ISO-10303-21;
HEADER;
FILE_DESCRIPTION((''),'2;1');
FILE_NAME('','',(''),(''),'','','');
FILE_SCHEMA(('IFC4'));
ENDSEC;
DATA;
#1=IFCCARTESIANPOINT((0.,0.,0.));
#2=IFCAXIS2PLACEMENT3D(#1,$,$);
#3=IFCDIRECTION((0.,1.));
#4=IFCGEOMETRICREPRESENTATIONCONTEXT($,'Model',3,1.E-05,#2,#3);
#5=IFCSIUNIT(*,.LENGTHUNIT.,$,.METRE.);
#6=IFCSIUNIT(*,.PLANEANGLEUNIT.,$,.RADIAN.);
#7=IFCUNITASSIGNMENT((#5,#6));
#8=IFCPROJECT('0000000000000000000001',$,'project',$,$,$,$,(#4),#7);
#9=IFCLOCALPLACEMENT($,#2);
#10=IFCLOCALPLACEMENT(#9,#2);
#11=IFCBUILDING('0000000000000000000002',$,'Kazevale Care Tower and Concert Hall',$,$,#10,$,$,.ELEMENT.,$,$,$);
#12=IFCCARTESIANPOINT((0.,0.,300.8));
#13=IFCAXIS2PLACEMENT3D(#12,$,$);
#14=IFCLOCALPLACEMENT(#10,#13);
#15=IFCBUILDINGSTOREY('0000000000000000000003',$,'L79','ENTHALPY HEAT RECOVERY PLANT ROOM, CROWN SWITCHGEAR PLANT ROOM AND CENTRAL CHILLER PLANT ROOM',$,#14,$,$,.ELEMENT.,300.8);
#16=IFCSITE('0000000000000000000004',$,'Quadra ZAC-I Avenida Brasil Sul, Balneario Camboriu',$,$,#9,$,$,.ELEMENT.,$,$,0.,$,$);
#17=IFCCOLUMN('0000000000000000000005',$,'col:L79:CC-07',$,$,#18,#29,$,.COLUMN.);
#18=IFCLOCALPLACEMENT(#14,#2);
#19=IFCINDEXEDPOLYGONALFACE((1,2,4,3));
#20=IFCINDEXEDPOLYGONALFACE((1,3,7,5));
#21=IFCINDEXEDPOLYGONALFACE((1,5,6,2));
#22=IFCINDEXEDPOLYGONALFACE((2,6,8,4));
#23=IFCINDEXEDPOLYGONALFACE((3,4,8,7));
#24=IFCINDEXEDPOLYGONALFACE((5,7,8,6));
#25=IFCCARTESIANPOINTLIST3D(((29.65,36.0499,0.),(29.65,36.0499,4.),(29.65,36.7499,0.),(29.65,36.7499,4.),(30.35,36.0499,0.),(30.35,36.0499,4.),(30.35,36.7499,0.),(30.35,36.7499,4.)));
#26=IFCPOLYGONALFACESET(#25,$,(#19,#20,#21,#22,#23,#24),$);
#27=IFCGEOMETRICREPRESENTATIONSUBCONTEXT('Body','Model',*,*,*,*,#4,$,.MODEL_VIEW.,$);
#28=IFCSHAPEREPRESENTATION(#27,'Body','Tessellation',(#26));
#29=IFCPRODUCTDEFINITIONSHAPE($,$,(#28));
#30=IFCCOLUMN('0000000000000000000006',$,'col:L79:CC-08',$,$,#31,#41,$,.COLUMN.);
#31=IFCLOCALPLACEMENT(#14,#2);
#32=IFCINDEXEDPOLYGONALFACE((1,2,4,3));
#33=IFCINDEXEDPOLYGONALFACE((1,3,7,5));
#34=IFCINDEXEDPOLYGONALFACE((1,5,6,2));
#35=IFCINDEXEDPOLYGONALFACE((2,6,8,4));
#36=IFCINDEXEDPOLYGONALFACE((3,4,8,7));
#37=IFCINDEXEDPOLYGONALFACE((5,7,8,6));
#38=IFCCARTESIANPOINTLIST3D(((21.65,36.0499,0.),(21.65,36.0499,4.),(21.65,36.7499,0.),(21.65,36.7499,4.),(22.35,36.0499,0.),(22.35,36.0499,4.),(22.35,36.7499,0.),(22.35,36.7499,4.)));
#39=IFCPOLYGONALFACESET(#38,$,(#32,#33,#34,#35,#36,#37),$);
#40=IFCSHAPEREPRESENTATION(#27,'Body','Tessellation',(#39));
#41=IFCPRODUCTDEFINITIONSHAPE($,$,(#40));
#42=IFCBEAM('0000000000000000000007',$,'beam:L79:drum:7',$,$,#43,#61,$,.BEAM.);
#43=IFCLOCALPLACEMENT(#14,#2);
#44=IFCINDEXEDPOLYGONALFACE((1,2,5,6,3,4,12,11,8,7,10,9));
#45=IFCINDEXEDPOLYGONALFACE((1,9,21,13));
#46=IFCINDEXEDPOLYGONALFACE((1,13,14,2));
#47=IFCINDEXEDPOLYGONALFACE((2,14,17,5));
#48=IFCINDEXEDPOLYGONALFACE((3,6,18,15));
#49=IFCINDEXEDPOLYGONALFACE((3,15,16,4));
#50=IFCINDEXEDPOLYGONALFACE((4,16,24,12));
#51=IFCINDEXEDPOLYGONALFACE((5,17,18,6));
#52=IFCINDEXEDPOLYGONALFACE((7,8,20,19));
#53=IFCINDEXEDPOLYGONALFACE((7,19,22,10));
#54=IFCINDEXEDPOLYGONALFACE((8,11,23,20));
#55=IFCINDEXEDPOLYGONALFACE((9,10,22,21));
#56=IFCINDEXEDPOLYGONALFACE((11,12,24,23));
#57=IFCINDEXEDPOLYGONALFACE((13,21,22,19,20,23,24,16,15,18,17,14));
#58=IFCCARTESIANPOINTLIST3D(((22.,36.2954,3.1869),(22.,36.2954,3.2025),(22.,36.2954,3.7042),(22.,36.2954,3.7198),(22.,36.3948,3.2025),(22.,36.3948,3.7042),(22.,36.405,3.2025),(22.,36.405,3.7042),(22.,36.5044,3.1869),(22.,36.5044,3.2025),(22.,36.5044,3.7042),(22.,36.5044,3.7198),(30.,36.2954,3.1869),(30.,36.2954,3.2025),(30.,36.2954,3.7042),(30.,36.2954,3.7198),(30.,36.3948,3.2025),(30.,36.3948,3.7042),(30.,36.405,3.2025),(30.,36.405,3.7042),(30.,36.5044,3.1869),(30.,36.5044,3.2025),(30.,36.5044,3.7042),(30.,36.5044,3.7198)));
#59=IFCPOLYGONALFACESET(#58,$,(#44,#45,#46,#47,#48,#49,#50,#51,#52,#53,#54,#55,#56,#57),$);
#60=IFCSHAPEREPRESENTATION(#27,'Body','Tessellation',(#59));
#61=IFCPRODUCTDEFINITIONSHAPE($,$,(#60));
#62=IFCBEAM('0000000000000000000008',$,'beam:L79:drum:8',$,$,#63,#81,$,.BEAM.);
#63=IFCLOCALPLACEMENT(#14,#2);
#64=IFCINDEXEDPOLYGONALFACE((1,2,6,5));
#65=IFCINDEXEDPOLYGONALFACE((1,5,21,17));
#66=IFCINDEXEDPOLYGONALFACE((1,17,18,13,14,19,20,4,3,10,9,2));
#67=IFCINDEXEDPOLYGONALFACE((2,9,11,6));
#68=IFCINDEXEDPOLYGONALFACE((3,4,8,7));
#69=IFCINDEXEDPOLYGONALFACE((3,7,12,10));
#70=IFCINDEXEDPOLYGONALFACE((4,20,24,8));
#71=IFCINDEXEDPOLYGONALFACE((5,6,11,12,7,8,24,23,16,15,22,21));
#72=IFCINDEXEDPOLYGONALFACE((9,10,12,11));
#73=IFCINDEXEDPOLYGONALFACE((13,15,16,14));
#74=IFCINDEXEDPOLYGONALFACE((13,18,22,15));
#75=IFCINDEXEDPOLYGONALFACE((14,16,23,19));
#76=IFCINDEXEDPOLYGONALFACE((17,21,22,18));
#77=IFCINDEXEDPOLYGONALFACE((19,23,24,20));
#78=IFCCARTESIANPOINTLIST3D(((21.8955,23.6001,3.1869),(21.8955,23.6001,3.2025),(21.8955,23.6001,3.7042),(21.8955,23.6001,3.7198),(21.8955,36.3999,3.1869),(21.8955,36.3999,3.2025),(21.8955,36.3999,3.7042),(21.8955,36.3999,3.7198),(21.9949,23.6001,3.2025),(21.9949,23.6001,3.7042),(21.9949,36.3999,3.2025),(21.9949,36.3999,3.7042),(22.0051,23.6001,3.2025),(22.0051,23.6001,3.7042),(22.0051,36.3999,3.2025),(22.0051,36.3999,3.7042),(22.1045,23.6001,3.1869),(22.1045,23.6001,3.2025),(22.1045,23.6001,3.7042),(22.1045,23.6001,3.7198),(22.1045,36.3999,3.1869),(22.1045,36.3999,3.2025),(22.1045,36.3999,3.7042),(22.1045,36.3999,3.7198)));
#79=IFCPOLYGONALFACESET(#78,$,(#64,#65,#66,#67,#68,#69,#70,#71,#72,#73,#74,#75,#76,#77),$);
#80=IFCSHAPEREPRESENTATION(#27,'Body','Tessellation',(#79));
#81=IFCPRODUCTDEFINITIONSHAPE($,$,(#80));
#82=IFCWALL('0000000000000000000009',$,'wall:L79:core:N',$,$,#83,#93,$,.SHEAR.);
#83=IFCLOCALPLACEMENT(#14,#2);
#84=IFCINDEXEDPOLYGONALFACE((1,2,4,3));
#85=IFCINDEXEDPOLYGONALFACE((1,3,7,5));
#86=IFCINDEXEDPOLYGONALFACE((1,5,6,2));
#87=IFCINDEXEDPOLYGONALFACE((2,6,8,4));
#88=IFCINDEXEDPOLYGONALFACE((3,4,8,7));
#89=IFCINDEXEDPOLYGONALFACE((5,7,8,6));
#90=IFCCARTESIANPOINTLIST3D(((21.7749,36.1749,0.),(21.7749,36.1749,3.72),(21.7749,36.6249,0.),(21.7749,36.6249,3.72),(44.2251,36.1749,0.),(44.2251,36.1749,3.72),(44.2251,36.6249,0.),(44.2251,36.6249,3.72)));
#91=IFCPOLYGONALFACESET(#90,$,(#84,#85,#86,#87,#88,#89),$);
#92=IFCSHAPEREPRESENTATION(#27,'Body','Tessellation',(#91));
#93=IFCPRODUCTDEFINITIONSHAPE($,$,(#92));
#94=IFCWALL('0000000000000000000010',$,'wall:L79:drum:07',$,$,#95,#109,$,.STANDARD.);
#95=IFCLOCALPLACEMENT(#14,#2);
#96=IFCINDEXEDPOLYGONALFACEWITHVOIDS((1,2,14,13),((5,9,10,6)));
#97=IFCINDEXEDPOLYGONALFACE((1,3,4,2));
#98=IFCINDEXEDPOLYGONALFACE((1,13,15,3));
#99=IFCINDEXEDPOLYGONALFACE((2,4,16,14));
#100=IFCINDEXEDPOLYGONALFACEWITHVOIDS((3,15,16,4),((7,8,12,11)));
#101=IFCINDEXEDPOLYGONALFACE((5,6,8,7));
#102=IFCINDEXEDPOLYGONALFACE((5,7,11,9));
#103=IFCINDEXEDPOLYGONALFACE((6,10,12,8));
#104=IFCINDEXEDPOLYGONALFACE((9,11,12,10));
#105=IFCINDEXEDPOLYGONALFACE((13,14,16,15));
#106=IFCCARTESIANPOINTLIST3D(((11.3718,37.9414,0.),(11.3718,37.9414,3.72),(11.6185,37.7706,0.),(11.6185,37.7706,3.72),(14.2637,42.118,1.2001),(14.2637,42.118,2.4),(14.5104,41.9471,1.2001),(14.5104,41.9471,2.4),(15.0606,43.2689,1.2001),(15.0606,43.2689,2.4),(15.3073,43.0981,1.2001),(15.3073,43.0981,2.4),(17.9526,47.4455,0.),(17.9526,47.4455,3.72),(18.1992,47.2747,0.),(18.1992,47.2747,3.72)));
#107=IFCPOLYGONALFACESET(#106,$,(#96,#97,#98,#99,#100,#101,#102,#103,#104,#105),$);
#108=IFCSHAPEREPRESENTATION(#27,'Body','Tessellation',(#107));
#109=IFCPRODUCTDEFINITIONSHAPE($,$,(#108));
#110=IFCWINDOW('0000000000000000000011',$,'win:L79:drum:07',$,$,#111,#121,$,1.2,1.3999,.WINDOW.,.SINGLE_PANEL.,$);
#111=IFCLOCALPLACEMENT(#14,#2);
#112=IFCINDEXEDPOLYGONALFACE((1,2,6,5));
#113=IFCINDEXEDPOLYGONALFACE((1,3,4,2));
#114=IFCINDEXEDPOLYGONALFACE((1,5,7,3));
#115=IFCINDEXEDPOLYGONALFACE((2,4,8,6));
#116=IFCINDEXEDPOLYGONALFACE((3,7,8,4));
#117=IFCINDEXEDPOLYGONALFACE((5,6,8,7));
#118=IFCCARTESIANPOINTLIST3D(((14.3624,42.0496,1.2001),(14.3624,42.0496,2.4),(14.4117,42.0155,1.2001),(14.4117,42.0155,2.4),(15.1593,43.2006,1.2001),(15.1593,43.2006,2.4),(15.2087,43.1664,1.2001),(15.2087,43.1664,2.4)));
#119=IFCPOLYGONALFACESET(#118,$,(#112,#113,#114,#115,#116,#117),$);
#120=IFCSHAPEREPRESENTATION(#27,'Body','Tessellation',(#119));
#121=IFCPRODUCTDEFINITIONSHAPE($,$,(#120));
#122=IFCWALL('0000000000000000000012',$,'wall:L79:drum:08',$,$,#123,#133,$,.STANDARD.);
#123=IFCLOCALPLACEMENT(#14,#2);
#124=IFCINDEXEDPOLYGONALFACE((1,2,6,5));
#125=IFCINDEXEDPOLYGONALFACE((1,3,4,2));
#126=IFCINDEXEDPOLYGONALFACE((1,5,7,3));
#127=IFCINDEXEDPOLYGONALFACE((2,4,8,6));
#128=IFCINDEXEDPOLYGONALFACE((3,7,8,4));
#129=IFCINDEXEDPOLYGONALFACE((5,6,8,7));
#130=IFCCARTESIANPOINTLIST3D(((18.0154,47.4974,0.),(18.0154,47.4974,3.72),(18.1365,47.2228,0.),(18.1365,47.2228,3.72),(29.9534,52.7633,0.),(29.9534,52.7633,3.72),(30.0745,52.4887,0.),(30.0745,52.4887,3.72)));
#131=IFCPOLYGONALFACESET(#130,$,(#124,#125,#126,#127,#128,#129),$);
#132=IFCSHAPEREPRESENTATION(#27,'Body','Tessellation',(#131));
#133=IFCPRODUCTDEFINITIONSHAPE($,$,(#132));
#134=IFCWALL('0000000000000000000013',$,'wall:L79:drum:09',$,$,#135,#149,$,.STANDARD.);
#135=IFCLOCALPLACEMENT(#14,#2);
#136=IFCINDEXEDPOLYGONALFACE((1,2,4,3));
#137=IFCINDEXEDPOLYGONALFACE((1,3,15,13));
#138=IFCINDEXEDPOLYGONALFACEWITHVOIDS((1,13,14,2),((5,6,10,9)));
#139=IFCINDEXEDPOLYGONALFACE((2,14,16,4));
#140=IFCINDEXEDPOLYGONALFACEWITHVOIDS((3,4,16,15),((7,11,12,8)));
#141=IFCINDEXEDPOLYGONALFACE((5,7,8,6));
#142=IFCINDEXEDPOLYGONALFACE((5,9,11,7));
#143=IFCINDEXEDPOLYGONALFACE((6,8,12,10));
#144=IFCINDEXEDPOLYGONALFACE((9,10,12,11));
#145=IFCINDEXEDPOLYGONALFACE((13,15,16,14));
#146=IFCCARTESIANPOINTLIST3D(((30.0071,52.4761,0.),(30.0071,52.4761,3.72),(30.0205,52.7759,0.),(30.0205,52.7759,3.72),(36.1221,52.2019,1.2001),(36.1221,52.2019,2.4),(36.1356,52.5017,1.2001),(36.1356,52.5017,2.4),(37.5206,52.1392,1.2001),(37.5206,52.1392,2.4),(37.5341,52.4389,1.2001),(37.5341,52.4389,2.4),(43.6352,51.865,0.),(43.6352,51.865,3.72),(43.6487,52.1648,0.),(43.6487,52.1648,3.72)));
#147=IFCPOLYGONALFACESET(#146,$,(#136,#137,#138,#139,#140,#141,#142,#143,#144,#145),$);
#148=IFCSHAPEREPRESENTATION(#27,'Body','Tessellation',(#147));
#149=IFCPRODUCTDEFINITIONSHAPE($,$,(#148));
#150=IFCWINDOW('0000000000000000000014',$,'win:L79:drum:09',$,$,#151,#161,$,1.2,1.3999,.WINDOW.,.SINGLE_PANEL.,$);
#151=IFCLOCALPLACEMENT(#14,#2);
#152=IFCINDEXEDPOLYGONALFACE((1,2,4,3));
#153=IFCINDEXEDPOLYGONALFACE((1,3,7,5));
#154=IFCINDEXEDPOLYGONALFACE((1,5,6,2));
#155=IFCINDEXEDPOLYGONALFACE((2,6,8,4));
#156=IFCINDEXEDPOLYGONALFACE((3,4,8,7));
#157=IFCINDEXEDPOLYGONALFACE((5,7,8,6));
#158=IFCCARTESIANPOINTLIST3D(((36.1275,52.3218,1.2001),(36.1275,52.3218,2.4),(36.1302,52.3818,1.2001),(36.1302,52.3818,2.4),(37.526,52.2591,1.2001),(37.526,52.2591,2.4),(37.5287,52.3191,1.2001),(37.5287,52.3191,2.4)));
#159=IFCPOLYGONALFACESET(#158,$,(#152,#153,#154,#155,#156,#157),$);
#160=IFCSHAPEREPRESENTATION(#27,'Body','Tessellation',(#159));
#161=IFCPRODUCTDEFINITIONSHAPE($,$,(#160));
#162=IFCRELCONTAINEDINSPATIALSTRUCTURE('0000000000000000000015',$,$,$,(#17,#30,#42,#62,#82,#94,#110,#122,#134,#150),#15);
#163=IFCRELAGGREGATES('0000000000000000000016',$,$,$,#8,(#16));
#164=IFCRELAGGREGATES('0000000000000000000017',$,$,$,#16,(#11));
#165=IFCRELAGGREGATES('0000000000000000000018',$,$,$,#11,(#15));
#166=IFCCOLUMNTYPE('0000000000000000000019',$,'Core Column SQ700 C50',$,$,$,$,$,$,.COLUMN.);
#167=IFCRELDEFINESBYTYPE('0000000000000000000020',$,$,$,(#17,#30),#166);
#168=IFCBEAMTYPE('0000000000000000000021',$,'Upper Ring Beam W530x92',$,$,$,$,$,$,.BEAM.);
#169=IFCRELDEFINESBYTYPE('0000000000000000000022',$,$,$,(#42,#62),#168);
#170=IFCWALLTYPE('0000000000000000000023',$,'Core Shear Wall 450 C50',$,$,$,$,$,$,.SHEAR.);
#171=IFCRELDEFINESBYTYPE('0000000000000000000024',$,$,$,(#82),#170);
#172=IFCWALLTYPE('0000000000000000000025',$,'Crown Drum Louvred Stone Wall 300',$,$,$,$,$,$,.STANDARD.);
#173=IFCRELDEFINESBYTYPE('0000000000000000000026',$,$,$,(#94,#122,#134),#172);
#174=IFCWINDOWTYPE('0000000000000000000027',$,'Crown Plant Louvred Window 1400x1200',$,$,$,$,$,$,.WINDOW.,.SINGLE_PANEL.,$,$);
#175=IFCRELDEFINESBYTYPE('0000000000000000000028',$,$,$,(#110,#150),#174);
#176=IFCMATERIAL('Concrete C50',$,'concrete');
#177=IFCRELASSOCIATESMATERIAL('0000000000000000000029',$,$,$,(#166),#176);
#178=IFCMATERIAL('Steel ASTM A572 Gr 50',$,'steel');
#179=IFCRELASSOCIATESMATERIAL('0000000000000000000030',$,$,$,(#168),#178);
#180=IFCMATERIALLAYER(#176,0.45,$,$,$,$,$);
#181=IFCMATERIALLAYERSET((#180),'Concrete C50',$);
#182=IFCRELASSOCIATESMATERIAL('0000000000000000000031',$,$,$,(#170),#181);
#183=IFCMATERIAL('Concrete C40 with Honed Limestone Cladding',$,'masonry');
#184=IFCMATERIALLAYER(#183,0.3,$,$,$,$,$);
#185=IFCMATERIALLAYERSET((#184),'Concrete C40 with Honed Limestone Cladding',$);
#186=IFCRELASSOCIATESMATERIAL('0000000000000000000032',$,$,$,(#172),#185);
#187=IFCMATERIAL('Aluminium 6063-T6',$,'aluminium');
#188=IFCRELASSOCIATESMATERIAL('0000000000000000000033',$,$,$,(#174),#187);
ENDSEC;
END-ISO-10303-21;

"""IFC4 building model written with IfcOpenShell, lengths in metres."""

from ifc_helpers import new_model, si_unit, direction, frame, frame_2d, origin, origin_2d, place, context, subcontext, project, spatial, rectangle, i_section, extrude, material, layer, layer_set, material_profile, profile_set, type_object, element, fill, save


model = new_model("IFC4")

# Units and contexts
model_context = context("Model", 3, precision=1e-05, world=origin(), true_north=direction((0.0, 1.0)))
body_context = subcontext(model_context, "Body", "Model", "MODEL_VIEW")
ifc_project = project(units=[si_unit("LENGTHUNIT", "METRE"), si_unit("PLANEANGLEUNIT", "RADIAN")], contexts=[model_context])

# Site, building, storey
site_placement = place(None, origin())
site = spatial("IfcSite", under=ifc_project, at=site_placement, Name="Quadra ZAC-I Avenida Brasil Sul, Balneario Camboriu", CompositionType="ELEMENT", RefElevation=0.0)
building_placement = place(site_placement, origin())
building = spatial("IfcBuilding", under=site, at=building_placement, Name="Kazevale Care Tower and Concert Hall", CompositionType="ELEMENT")
storey_placement = place(building_placement, frame((0.0, 0.0, 300.8)))
storey = spatial("IfcBuildingStorey", under=building, at=storey_placement, Name="L79", Description="ENTHALPY HEAT RECOVERY PLANT ROOM, CROWN SWITCHGEAR PLANT ROOM AND CENTRAL CHILLER PLANT ROOM", CompositionType="ELEMENT", Elevation=300.8)

# Columns
ifc_material_1 = material(Name="Concrete C50", Category="concrete")
ifc_material_profile_1 = material_profile(ifc_material_1, rectangle(XDim=0.7, YDim=0.7, at=origin_2d()), Name="RC-SQ700")
ifc_profile_set_1 = profile_set([ifc_material_profile_1], Name="Concrete C50")
column_type = type_object("IfcColumnType", Name="Core Column SQ700 C50", PredefinedType="COLUMN", material=ifc_profile_set_1)
for number, where, z_axis, x_axis, name in (
    (1, (30.0, 36.3999, 0.0), (0.0, 0.0, 1.0), (1.0, 0.0, 0.0), "col:L79:CC-07"),
    (2, (22.0, 36.3999, 0.0), (0.0, 0.0, 1.0), (1.0, 0.0, 0.0), "col:L79:CC-08"),
):
    element("IfcColumn", number, at=place(storey_placement, frame(where, z_axis=z_axis, x_axis=x_axis)), inside=storey, type_object=column_type, Name=name, PredefinedType="COLUMN", context=body_context, shape_type="SweptSolid", body=[
        extrude(rectangle(XDim=0.7, YDim=0.7, at=origin_2d()), origin(), (0.0, 0.0, 1.0), 4.0),
    ])

# Beams
ifc_material_2 = material(Name="Steel ASTM A572 Gr 50", Category="steel")
ifc_material_profile_2 = material_profile(ifc_material_2, i_section(OverallWidth=0.209, OverallDepth=0.533, WebThickness=0.0103, FlangeThickness=0.0156, at=origin_2d()), Name="W530x92")
ifc_profile_set_2 = profile_set([ifc_material_profile_2], Name="Steel ASTM A572 Gr 50")
beam_type = type_object("IfcBeamType", Name="Upper Ring Beam W530x92", PredefinedType="BEAM", material=ifc_profile_set_2)
beam_1_placement = place(storey_placement, frame((30.0, 36.3999, 3.4534), z_axis=(-1.0, 0.0, 0.0), x_axis=(0.0, -1.0, 0.0)))
element("IfcBeam", 3, at=beam_1_placement, inside=storey, type_object=beam_type, Name="beam:L79:drum:7", PredefinedType="BEAM", context=body_context, shape_type="SweptSolid", body=[
    extrude(i_section(OverallWidth=0.209, OverallDepth=0.533, WebThickness=0.0103, FlangeThickness=0.0156, at=origin_2d()), origin(), (0.0, 0.0, 1.0), 8.0),
])
beam_2_placement = place(storey_placement, frame((22.0, 36.3999, 3.4534), z_axis=(0.0, -1.0, 0.0), x_axis=(1.0, 0.0, 0.0)))
element("IfcBeam", 4, at=beam_2_placement, inside=storey, type_object=beam_type, Name="beam:L79:drum:8", PredefinedType="BEAM", context=body_context, shape_type="SweptSolid", body=[
    extrude(i_section(OverallWidth=0.209, OverallDepth=0.533, WebThickness=0.0103, FlangeThickness=0.0156, at=origin_2d()), origin(), (0.0, 0.0, 1.0), 12.7998),
])

# Wall
ifc_layer_1 = layer(ifc_material_1, 0.45)
ifc_layer_set_1 = layer_set([ifc_layer_1], Name="Concrete C50")
wall_type_1 = type_object("IfcWallType", Name="Core Shear Wall 450 C50", PredefinedType="SHEAR", material=ifc_layer_set_1)
wall_1_placement = place(storey_placement, frame((21.7749, 36.3999, 0.0), z_axis=(0.0, 0.0, 1.0), x_axis=(1.0, 0.0, 0.0)))
element("IfcWall", 5, at=wall_1_placement, inside=storey, type_object=wall_type_1, Name="wall:L79:core:N", PredefinedType="SHEAR", context=body_context, shape_type="SweptSolid", body=[
    extrude(rectangle(XDim=22.4502, YDim=0.45, at=frame_2d((11.2251, 0.0))), origin(), (0.0, 0.0, 1.0), 3.72),
])

# Wall, opening, window
ifc_material_3 = material(Name="Concrete C40 with Honed Limestone Cladding", Category="masonry")
ifc_layer_2 = layer(ifc_material_3, 0.3)
ifc_layer_set_2 = layer_set([ifc_layer_2], Name="Concrete C40 with Honed Limestone Cladding")
wall_type_2 = type_object("IfcWallType", Name="Crown Drum Louvred Stone Wall 300", PredefinedType="STANDARD", material=ifc_layer_set_2)
wall_2_placement = place(storey_placement, frame((11.4951, 37.856, 0.0), z_axis=(0.0, 0.0, 1.0), x_axis=(0.569269, 0.822151, 0.0)))
wall_2 = element("IfcWall", 6, at=wall_2_placement, inside=storey, type_object=wall_type_2, Name="wall:L79:drum:07", PredefinedType="STANDARD", context=body_context, shape_type="SweptSolid", body=[
    extrude(rectangle(XDim=11.5601, YDim=0.3, at=frame_2d((5.78, 0.0))), origin(), (0.0, 0.0, 1.0), 3.72),
])
opening_1_placement = place(wall_2_placement, frame((5.0801, 0.0, 1.2)))
opening_1 = element("IfcOpeningElement", 7, at=opening_1_placement, cuts=wall_2, PredefinedType="OPENING", context=body_context, shape_type="SweptSolid", body=[
    extrude(rectangle(XDim=1.3999, YDim=1.2, at=frame_2d((0.7, 0.6001))), frame((0.0, 0.1599, 0.0), z_axis=(0.0, -1.0, 0.0), x_axis=(1.0, 0.0, 0.0)), (0.0, 0.0, 1.0), 0.3201),
])
ifc_material_4 = material(Name="Aluminium 6063-T6", Category="aluminium")
window_type = type_object("IfcWindowType", Name="Crown Plant Louvred Window 1400x1200", PartitioningType="SINGLE_PANEL", PredefinedType="WINDOW", material=ifc_material_4)
window_1_placement = place(opening_1_placement, origin())
window_1 = element("IfcWindow", 8, at=window_1_placement, inside=storey, type_object=window_type, Name="win:L79:drum:07", OverallHeight=1.2, OverallWidth=1.3999, PartitioningType="SINGLE_PANEL", PredefinedType="WINDOW", context=body_context, shape_type="SweptSolid", body=[
    extrude(rectangle(XDim=1.3999, YDim=1.2, at=frame_2d((0.7, 0.6001))), frame((0.0, 0.03, 0.0), z_axis=(0.0, -1.0, 0.0), x_axis=(1.0, 0.0, 0.0)), (0.0, 0.0, 1.0), 0.0601),
])
fill(opening_1, window_1)

# Wall
wall_3_placement = place(storey_placement, frame((18.0759, 47.3601, 0.0), z_axis=(0.0, 0.0, 1.0), x_axis=(0.914943, 0.403583, 0.0)))
element("IfcWall", 9, at=wall_3_placement, inside=storey, type_object=wall_type_2, Name="wall:L79:drum:08", PredefinedType="STANDARD", context=body_context, shape_type="SweptSolid", body=[
    extrude(rectangle(XDim=13.0479, YDim=0.3, at=frame_2d((6.5239, 0.0))), origin(), (0.0, 0.0, 1.0), 3.72),
])

# Wall, opening, window
wall_4_placement = place(storey_placement, frame((30.0139, 52.626, 0.0), z_axis=(0.0, 0.0, 1.0), x_axis=(0.998996, -0.044795, 0.0)))
wall_4 = element("IfcWall", 10, at=wall_4_placement, inside=storey, type_object=wall_type_2, Name="wall:L79:drum:09", PredefinedType="STANDARD", context=body_context, shape_type="SweptSolid", body=[
    extrude(rectangle(XDim=13.6418, YDim=0.3, at=frame_2d((6.8208, 0.0))), origin(), (0.0, 0.0, 1.0), 3.72),
])
opening_2_placement = place(wall_4_placement, frame((6.1211, 0.0, 1.2)))
opening_2 = element("IfcOpeningElement", 11, at=opening_2_placement, cuts=wall_4, PredefinedType="OPENING", context=body_context, shape_type="SweptSolid", body=[
    extrude(rectangle(XDim=1.3999, YDim=1.2, at=frame_2d((0.7, 0.6001))), frame((0.0, 0.1599, 0.0), z_axis=(0.0, -1.0, 0.0), x_axis=(1.0, 0.0, 0.0)), (0.0, 0.0, 1.0), 0.3201),
])
window_2_placement = place(opening_2_placement, origin())
window_2 = element("IfcWindow", 12, at=window_2_placement, inside=storey, type_object=window_type, Name="win:L79:drum:09", OverallHeight=1.2, OverallWidth=1.3999, PartitioningType="SINGLE_PANEL", PredefinedType="WINDOW", context=body_context, shape_type="SweptSolid", body=[
    extrude(rectangle(XDim=1.3999, YDim=1.2, at=frame_2d((0.7, 0.6001))), frame((0.0, 0.03, 0.0), z_axis=(0.0, -1.0, 0.0), x_axis=(1.0, 0.0, 0.0)), (0.0, 0.0, 1.0), 0.0601),
])
fill(opening_2, window_2)

save(model, "model.ifc")
